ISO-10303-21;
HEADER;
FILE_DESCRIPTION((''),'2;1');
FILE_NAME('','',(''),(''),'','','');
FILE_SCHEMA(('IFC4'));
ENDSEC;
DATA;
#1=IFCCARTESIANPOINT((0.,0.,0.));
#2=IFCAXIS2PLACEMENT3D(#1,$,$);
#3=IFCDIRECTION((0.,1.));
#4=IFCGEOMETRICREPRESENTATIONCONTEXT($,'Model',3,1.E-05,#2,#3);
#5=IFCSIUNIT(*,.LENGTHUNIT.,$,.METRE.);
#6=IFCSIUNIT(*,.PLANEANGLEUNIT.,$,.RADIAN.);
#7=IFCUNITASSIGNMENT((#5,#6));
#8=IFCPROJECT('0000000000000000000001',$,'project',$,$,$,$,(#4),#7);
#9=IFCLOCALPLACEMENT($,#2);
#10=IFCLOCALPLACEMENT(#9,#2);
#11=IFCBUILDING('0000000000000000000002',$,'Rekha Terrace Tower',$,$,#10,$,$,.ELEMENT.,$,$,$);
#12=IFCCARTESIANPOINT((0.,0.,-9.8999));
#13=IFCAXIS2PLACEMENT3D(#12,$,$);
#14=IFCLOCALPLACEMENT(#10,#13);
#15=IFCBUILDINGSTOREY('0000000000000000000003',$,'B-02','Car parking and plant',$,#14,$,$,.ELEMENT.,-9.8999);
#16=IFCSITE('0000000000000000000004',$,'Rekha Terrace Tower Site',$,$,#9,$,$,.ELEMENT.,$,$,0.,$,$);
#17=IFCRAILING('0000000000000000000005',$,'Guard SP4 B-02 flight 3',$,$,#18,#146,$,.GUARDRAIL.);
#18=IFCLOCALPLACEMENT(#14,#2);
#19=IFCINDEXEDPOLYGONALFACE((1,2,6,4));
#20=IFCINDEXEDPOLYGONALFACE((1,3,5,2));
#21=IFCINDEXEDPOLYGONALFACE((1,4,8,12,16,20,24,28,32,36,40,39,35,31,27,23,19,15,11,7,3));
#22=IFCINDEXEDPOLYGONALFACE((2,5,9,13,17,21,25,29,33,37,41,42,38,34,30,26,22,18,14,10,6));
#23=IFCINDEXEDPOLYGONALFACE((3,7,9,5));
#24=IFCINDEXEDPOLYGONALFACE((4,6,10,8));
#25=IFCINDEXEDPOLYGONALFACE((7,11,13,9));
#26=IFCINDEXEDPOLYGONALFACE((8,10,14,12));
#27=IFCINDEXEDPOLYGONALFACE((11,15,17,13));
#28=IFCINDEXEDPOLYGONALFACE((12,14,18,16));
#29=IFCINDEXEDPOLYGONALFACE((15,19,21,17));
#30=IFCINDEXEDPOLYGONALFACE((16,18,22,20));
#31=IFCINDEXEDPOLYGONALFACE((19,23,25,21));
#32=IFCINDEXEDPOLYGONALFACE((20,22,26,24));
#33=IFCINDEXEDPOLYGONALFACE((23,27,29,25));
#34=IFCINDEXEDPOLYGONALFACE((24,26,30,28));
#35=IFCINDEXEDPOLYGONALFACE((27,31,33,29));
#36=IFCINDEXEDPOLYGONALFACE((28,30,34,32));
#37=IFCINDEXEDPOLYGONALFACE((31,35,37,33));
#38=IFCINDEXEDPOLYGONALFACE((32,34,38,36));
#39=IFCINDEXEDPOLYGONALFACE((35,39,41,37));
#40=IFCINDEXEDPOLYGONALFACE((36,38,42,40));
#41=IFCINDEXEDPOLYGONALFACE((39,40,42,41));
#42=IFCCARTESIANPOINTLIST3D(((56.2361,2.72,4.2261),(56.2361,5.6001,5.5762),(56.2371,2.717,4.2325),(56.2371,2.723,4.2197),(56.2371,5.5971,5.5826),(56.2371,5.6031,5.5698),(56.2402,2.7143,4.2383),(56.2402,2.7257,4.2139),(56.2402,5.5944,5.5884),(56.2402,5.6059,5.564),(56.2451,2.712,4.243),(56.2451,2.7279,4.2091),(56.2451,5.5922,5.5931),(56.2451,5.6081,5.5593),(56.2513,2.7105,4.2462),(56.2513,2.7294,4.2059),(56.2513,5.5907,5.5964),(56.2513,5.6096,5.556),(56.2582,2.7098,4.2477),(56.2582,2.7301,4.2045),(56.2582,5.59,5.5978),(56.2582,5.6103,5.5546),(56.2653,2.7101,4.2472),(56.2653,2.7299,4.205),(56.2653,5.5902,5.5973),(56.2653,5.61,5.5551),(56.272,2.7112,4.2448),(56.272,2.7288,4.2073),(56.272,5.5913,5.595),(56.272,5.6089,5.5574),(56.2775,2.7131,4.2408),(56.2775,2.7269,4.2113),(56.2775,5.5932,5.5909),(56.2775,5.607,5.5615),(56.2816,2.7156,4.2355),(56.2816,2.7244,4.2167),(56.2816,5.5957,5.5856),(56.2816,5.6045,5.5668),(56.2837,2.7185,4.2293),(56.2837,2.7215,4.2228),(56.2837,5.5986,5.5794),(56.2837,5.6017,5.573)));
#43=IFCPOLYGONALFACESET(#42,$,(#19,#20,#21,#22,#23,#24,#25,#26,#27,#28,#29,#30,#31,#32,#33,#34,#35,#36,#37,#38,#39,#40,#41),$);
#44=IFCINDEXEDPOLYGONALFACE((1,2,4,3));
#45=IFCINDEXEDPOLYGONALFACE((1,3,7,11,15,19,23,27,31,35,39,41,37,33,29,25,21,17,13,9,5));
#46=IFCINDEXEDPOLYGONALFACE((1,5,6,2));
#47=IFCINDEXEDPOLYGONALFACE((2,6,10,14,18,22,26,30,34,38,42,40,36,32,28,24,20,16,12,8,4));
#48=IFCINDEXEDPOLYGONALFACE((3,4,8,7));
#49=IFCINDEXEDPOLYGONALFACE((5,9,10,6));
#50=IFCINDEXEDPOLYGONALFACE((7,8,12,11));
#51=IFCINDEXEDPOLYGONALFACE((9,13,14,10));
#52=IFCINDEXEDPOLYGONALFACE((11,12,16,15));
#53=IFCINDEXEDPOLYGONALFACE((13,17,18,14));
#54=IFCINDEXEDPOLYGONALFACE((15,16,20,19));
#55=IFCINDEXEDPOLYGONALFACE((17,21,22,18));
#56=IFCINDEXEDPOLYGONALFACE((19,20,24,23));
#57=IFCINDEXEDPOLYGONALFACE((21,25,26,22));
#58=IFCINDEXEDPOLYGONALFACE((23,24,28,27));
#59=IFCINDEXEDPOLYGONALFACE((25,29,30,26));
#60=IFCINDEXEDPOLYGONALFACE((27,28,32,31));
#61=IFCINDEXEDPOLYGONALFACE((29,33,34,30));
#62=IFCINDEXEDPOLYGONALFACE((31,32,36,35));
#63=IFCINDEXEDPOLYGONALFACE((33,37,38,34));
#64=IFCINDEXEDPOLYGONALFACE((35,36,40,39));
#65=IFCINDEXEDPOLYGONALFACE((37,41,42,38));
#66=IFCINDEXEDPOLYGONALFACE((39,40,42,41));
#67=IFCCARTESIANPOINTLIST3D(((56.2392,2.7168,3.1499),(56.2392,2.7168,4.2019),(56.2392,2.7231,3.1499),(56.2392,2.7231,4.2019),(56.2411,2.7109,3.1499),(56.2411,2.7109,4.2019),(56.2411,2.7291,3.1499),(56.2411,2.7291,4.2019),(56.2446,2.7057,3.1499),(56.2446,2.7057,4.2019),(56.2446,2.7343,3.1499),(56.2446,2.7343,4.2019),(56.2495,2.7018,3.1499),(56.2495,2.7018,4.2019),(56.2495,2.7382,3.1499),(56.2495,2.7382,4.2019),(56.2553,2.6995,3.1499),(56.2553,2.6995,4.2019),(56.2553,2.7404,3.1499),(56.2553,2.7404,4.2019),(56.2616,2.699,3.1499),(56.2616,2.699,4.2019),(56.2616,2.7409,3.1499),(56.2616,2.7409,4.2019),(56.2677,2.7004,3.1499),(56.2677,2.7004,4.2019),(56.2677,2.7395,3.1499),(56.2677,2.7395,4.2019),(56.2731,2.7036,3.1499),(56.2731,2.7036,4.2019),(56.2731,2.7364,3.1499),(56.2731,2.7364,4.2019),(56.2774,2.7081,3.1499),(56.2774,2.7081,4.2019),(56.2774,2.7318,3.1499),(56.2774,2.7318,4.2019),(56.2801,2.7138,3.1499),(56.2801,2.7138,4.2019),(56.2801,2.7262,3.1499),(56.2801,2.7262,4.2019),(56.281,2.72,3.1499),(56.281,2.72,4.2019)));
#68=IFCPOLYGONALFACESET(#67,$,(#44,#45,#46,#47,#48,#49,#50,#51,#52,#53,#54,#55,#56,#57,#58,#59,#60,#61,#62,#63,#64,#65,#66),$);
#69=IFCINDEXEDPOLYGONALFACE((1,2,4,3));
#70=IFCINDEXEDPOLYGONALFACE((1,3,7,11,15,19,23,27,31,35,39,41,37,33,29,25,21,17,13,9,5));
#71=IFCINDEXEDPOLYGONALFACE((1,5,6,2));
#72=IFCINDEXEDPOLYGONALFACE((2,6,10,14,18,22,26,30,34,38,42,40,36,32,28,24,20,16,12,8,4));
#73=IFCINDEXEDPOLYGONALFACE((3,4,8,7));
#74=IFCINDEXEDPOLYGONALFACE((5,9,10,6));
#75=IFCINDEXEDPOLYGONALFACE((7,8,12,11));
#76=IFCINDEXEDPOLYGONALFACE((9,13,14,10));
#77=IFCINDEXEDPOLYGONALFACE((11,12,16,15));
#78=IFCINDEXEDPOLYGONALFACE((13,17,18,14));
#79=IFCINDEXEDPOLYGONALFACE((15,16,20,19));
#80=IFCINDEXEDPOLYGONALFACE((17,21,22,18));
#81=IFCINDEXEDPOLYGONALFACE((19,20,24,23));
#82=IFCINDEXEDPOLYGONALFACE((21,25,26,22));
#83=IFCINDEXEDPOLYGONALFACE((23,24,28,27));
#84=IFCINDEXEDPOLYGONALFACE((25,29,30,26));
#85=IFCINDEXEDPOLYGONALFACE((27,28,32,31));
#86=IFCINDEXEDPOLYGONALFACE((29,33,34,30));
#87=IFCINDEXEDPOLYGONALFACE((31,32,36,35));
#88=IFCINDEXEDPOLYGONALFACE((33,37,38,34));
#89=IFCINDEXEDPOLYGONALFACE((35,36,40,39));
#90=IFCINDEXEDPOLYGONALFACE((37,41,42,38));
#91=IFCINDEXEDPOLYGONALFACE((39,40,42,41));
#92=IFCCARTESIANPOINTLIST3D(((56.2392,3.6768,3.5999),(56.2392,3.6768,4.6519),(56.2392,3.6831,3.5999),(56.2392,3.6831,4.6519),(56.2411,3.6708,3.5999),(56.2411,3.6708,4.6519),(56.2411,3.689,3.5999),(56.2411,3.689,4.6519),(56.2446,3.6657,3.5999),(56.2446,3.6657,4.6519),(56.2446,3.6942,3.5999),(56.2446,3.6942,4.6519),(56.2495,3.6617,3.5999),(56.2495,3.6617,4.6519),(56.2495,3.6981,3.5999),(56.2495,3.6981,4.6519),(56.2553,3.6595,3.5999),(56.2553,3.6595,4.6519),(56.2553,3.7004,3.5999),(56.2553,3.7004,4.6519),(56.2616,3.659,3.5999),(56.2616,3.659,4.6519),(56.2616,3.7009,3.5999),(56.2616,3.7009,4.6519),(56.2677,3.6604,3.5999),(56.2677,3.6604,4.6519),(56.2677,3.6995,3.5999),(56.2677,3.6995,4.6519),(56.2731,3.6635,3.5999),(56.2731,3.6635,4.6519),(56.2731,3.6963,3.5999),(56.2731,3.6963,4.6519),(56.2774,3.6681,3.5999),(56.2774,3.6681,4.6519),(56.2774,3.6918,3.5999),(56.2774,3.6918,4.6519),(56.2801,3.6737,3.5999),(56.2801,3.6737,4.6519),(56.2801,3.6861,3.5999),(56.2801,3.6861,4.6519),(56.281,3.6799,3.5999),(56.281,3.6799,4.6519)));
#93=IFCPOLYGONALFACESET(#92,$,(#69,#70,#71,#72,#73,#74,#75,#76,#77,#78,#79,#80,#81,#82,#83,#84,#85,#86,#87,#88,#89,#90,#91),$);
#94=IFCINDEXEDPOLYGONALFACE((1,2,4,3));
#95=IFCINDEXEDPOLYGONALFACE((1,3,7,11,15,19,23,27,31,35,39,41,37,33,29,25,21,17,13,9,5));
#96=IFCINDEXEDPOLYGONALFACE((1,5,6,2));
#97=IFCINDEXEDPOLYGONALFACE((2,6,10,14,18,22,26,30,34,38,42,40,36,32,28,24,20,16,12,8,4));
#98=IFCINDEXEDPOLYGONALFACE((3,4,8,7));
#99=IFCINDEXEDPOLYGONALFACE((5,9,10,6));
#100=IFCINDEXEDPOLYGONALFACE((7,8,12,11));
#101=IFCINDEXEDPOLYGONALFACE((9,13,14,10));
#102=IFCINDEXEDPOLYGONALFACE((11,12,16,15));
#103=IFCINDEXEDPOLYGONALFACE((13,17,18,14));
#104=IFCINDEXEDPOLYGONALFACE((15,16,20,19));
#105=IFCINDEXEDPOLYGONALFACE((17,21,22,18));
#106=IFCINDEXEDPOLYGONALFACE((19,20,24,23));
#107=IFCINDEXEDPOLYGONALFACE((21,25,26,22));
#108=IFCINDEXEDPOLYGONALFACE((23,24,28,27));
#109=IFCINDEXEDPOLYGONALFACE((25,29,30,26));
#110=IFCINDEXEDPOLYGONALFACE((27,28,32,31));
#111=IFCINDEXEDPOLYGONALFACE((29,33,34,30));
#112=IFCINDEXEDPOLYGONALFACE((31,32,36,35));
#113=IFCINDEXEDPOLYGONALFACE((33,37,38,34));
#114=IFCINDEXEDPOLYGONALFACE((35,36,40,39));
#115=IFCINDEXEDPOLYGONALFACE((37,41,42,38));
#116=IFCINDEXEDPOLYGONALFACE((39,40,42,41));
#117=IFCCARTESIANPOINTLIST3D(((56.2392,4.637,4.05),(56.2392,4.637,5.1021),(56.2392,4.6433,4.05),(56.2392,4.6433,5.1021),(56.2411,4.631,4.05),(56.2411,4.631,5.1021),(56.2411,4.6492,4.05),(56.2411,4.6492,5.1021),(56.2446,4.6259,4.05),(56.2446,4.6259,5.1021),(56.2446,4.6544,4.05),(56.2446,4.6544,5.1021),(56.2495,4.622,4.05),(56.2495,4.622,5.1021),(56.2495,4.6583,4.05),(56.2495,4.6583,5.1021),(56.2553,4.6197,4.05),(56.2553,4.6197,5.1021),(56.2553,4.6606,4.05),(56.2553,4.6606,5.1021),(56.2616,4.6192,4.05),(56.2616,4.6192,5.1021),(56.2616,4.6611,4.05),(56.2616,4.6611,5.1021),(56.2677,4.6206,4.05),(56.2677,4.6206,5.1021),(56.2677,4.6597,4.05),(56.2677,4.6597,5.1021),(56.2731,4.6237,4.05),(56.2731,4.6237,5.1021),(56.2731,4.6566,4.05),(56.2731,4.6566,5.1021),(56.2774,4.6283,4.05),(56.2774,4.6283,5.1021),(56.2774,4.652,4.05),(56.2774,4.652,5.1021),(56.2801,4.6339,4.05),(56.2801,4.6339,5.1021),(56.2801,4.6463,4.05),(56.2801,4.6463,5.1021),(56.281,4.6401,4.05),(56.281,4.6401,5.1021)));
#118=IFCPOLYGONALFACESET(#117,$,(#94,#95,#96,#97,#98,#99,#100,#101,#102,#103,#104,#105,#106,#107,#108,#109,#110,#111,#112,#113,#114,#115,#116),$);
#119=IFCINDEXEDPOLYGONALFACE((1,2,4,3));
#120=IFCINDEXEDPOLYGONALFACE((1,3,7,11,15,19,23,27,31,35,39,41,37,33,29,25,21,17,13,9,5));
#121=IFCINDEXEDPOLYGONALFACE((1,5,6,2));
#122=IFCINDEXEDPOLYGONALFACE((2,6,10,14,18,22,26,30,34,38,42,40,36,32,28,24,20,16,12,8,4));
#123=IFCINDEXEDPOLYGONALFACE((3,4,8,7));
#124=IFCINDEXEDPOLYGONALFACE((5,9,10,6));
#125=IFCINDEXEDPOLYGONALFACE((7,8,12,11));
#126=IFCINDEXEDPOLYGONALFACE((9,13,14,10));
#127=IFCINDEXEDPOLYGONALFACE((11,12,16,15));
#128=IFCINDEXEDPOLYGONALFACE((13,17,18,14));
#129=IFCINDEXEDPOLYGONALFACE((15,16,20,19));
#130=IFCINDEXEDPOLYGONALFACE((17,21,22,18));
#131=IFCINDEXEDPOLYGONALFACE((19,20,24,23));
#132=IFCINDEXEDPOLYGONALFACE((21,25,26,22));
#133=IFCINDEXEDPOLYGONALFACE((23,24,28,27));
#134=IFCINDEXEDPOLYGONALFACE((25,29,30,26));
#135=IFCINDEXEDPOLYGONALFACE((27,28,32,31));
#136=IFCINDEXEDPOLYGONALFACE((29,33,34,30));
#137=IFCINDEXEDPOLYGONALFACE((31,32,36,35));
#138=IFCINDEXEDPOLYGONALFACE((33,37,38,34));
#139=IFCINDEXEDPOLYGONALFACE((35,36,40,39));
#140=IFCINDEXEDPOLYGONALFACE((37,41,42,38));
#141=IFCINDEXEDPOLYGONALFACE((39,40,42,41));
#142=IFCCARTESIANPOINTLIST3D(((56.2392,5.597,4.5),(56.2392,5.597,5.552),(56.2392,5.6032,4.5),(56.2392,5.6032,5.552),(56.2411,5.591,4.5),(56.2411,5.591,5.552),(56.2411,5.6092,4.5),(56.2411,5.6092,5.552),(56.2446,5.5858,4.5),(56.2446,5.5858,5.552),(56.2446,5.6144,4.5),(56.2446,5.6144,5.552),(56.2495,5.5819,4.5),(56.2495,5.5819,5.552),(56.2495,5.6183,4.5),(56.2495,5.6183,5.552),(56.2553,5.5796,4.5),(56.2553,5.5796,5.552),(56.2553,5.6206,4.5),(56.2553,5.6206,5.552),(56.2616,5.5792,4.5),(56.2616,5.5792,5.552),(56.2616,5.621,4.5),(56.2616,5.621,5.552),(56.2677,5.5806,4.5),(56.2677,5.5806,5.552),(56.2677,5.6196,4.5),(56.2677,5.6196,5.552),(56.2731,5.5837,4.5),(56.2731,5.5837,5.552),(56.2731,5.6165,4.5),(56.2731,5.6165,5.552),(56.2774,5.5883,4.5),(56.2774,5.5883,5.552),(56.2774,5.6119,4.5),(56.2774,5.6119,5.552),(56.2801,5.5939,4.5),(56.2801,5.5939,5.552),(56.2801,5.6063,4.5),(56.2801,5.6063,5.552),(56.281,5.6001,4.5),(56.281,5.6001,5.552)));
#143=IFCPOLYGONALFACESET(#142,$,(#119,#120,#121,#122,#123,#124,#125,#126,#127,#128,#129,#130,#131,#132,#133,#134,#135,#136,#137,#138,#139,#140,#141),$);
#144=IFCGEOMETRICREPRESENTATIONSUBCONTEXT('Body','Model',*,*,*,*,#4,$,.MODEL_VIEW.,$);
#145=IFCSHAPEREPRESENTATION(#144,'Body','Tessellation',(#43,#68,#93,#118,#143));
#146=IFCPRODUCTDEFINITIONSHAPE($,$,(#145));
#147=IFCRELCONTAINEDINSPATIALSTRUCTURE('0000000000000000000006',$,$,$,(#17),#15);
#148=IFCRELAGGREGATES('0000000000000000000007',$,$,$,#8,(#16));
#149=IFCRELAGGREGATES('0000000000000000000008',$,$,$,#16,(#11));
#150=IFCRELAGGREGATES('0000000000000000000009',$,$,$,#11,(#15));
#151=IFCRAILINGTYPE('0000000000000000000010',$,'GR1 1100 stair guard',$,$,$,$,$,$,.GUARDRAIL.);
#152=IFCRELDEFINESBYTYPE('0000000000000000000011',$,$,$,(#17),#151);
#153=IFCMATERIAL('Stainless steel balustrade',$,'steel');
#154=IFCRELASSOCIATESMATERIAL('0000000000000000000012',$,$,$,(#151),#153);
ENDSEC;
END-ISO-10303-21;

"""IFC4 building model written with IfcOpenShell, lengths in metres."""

from ifc_helpers import new_model, si_unit, direction, frame, origin, origin_2d, place, context, subcontext, project, spatial, circle, extrude, material, type_object, element, save


model = new_model("IFC4")

# Units and contexts
model_context = context("Model", 3, precision=1e-05, world=origin(), true_north=direction((0.0, 1.0)))
body_context = subcontext(model_context, "Body", "Model", "MODEL_VIEW")
ifc_project = project(units=[si_unit("LENGTHUNIT", "METRE"), si_unit("PLANEANGLEUNIT", "RADIAN")], contexts=[model_context])

# Site, building, storey
site_placement = place(None, origin())
site = spatial("IfcSite", under=ifc_project, at=site_placement, Name="Rekha Terrace Tower Site", CompositionType="ELEMENT", RefElevation=0.0)
building_placement = place(site_placement, origin())
building = spatial("IfcBuilding", under=site, at=building_placement, Name="Rekha Terrace Tower", CompositionType="ELEMENT")
storey_placement = place(building_placement, frame((0.0, 0.0, -9.8999)))
storey = spatial("IfcBuildingStorey", under=building, at=storey_placement, Name="B-02", Description="Car parking and plant", CompositionType="ELEMENT", Elevation=-9.8999)

# Railing
ifc_material_1 = material(Name="Stainless steel balustrade", Category="steel")
railing_type_1 = type_object("IfcRailingType", Name="GR1 1100 stair guard", PredefinedType="GUARDRAIL", material=ifc_material_1)
railing_1_placement = place(storey_placement, frame((56.26, 2.72, 3.1499)))
element("IfcRailing", 1, at=railing_1_placement, inside=storey, type_object=railing_type_1, Name="Guard SP4 B-02 flight 3", PredefinedType="GUARDRAIL", context=body_context, shape_type="SweptSolid", body=[
    extrude(circle(Radius=0.0239, at=origin_2d()), frame((0.0, 0.0, 1.0762), z_axis=(0.0, 0.905454, 0.424444), x_axis=(-1.0, 0.0, 0.0)), (0.0, 0.0, 1.0), 3.1809),
    extrude(circle(Radius=0.021, at=origin_2d()), origin(), (0.0, 0.0, 1.0), 1.052),
    extrude(circle(Radius=0.021, at=origin_2d()), frame((0.0, 0.96, 0.45)), (0.0, 0.0, 1.0), 1.052),
    extrude(circle(Radius=0.021, at=origin_2d()), frame((0.0, 1.9202, 0.9001)), (0.0, 0.0, 1.0), 1.052),
    extrude(circle(Radius=0.021, at=origin_2d()), frame((0.0, 2.8801, 1.3501)), (0.0, 0.0, 1.0), 1.052),
])

save(model, "model.ifc")
